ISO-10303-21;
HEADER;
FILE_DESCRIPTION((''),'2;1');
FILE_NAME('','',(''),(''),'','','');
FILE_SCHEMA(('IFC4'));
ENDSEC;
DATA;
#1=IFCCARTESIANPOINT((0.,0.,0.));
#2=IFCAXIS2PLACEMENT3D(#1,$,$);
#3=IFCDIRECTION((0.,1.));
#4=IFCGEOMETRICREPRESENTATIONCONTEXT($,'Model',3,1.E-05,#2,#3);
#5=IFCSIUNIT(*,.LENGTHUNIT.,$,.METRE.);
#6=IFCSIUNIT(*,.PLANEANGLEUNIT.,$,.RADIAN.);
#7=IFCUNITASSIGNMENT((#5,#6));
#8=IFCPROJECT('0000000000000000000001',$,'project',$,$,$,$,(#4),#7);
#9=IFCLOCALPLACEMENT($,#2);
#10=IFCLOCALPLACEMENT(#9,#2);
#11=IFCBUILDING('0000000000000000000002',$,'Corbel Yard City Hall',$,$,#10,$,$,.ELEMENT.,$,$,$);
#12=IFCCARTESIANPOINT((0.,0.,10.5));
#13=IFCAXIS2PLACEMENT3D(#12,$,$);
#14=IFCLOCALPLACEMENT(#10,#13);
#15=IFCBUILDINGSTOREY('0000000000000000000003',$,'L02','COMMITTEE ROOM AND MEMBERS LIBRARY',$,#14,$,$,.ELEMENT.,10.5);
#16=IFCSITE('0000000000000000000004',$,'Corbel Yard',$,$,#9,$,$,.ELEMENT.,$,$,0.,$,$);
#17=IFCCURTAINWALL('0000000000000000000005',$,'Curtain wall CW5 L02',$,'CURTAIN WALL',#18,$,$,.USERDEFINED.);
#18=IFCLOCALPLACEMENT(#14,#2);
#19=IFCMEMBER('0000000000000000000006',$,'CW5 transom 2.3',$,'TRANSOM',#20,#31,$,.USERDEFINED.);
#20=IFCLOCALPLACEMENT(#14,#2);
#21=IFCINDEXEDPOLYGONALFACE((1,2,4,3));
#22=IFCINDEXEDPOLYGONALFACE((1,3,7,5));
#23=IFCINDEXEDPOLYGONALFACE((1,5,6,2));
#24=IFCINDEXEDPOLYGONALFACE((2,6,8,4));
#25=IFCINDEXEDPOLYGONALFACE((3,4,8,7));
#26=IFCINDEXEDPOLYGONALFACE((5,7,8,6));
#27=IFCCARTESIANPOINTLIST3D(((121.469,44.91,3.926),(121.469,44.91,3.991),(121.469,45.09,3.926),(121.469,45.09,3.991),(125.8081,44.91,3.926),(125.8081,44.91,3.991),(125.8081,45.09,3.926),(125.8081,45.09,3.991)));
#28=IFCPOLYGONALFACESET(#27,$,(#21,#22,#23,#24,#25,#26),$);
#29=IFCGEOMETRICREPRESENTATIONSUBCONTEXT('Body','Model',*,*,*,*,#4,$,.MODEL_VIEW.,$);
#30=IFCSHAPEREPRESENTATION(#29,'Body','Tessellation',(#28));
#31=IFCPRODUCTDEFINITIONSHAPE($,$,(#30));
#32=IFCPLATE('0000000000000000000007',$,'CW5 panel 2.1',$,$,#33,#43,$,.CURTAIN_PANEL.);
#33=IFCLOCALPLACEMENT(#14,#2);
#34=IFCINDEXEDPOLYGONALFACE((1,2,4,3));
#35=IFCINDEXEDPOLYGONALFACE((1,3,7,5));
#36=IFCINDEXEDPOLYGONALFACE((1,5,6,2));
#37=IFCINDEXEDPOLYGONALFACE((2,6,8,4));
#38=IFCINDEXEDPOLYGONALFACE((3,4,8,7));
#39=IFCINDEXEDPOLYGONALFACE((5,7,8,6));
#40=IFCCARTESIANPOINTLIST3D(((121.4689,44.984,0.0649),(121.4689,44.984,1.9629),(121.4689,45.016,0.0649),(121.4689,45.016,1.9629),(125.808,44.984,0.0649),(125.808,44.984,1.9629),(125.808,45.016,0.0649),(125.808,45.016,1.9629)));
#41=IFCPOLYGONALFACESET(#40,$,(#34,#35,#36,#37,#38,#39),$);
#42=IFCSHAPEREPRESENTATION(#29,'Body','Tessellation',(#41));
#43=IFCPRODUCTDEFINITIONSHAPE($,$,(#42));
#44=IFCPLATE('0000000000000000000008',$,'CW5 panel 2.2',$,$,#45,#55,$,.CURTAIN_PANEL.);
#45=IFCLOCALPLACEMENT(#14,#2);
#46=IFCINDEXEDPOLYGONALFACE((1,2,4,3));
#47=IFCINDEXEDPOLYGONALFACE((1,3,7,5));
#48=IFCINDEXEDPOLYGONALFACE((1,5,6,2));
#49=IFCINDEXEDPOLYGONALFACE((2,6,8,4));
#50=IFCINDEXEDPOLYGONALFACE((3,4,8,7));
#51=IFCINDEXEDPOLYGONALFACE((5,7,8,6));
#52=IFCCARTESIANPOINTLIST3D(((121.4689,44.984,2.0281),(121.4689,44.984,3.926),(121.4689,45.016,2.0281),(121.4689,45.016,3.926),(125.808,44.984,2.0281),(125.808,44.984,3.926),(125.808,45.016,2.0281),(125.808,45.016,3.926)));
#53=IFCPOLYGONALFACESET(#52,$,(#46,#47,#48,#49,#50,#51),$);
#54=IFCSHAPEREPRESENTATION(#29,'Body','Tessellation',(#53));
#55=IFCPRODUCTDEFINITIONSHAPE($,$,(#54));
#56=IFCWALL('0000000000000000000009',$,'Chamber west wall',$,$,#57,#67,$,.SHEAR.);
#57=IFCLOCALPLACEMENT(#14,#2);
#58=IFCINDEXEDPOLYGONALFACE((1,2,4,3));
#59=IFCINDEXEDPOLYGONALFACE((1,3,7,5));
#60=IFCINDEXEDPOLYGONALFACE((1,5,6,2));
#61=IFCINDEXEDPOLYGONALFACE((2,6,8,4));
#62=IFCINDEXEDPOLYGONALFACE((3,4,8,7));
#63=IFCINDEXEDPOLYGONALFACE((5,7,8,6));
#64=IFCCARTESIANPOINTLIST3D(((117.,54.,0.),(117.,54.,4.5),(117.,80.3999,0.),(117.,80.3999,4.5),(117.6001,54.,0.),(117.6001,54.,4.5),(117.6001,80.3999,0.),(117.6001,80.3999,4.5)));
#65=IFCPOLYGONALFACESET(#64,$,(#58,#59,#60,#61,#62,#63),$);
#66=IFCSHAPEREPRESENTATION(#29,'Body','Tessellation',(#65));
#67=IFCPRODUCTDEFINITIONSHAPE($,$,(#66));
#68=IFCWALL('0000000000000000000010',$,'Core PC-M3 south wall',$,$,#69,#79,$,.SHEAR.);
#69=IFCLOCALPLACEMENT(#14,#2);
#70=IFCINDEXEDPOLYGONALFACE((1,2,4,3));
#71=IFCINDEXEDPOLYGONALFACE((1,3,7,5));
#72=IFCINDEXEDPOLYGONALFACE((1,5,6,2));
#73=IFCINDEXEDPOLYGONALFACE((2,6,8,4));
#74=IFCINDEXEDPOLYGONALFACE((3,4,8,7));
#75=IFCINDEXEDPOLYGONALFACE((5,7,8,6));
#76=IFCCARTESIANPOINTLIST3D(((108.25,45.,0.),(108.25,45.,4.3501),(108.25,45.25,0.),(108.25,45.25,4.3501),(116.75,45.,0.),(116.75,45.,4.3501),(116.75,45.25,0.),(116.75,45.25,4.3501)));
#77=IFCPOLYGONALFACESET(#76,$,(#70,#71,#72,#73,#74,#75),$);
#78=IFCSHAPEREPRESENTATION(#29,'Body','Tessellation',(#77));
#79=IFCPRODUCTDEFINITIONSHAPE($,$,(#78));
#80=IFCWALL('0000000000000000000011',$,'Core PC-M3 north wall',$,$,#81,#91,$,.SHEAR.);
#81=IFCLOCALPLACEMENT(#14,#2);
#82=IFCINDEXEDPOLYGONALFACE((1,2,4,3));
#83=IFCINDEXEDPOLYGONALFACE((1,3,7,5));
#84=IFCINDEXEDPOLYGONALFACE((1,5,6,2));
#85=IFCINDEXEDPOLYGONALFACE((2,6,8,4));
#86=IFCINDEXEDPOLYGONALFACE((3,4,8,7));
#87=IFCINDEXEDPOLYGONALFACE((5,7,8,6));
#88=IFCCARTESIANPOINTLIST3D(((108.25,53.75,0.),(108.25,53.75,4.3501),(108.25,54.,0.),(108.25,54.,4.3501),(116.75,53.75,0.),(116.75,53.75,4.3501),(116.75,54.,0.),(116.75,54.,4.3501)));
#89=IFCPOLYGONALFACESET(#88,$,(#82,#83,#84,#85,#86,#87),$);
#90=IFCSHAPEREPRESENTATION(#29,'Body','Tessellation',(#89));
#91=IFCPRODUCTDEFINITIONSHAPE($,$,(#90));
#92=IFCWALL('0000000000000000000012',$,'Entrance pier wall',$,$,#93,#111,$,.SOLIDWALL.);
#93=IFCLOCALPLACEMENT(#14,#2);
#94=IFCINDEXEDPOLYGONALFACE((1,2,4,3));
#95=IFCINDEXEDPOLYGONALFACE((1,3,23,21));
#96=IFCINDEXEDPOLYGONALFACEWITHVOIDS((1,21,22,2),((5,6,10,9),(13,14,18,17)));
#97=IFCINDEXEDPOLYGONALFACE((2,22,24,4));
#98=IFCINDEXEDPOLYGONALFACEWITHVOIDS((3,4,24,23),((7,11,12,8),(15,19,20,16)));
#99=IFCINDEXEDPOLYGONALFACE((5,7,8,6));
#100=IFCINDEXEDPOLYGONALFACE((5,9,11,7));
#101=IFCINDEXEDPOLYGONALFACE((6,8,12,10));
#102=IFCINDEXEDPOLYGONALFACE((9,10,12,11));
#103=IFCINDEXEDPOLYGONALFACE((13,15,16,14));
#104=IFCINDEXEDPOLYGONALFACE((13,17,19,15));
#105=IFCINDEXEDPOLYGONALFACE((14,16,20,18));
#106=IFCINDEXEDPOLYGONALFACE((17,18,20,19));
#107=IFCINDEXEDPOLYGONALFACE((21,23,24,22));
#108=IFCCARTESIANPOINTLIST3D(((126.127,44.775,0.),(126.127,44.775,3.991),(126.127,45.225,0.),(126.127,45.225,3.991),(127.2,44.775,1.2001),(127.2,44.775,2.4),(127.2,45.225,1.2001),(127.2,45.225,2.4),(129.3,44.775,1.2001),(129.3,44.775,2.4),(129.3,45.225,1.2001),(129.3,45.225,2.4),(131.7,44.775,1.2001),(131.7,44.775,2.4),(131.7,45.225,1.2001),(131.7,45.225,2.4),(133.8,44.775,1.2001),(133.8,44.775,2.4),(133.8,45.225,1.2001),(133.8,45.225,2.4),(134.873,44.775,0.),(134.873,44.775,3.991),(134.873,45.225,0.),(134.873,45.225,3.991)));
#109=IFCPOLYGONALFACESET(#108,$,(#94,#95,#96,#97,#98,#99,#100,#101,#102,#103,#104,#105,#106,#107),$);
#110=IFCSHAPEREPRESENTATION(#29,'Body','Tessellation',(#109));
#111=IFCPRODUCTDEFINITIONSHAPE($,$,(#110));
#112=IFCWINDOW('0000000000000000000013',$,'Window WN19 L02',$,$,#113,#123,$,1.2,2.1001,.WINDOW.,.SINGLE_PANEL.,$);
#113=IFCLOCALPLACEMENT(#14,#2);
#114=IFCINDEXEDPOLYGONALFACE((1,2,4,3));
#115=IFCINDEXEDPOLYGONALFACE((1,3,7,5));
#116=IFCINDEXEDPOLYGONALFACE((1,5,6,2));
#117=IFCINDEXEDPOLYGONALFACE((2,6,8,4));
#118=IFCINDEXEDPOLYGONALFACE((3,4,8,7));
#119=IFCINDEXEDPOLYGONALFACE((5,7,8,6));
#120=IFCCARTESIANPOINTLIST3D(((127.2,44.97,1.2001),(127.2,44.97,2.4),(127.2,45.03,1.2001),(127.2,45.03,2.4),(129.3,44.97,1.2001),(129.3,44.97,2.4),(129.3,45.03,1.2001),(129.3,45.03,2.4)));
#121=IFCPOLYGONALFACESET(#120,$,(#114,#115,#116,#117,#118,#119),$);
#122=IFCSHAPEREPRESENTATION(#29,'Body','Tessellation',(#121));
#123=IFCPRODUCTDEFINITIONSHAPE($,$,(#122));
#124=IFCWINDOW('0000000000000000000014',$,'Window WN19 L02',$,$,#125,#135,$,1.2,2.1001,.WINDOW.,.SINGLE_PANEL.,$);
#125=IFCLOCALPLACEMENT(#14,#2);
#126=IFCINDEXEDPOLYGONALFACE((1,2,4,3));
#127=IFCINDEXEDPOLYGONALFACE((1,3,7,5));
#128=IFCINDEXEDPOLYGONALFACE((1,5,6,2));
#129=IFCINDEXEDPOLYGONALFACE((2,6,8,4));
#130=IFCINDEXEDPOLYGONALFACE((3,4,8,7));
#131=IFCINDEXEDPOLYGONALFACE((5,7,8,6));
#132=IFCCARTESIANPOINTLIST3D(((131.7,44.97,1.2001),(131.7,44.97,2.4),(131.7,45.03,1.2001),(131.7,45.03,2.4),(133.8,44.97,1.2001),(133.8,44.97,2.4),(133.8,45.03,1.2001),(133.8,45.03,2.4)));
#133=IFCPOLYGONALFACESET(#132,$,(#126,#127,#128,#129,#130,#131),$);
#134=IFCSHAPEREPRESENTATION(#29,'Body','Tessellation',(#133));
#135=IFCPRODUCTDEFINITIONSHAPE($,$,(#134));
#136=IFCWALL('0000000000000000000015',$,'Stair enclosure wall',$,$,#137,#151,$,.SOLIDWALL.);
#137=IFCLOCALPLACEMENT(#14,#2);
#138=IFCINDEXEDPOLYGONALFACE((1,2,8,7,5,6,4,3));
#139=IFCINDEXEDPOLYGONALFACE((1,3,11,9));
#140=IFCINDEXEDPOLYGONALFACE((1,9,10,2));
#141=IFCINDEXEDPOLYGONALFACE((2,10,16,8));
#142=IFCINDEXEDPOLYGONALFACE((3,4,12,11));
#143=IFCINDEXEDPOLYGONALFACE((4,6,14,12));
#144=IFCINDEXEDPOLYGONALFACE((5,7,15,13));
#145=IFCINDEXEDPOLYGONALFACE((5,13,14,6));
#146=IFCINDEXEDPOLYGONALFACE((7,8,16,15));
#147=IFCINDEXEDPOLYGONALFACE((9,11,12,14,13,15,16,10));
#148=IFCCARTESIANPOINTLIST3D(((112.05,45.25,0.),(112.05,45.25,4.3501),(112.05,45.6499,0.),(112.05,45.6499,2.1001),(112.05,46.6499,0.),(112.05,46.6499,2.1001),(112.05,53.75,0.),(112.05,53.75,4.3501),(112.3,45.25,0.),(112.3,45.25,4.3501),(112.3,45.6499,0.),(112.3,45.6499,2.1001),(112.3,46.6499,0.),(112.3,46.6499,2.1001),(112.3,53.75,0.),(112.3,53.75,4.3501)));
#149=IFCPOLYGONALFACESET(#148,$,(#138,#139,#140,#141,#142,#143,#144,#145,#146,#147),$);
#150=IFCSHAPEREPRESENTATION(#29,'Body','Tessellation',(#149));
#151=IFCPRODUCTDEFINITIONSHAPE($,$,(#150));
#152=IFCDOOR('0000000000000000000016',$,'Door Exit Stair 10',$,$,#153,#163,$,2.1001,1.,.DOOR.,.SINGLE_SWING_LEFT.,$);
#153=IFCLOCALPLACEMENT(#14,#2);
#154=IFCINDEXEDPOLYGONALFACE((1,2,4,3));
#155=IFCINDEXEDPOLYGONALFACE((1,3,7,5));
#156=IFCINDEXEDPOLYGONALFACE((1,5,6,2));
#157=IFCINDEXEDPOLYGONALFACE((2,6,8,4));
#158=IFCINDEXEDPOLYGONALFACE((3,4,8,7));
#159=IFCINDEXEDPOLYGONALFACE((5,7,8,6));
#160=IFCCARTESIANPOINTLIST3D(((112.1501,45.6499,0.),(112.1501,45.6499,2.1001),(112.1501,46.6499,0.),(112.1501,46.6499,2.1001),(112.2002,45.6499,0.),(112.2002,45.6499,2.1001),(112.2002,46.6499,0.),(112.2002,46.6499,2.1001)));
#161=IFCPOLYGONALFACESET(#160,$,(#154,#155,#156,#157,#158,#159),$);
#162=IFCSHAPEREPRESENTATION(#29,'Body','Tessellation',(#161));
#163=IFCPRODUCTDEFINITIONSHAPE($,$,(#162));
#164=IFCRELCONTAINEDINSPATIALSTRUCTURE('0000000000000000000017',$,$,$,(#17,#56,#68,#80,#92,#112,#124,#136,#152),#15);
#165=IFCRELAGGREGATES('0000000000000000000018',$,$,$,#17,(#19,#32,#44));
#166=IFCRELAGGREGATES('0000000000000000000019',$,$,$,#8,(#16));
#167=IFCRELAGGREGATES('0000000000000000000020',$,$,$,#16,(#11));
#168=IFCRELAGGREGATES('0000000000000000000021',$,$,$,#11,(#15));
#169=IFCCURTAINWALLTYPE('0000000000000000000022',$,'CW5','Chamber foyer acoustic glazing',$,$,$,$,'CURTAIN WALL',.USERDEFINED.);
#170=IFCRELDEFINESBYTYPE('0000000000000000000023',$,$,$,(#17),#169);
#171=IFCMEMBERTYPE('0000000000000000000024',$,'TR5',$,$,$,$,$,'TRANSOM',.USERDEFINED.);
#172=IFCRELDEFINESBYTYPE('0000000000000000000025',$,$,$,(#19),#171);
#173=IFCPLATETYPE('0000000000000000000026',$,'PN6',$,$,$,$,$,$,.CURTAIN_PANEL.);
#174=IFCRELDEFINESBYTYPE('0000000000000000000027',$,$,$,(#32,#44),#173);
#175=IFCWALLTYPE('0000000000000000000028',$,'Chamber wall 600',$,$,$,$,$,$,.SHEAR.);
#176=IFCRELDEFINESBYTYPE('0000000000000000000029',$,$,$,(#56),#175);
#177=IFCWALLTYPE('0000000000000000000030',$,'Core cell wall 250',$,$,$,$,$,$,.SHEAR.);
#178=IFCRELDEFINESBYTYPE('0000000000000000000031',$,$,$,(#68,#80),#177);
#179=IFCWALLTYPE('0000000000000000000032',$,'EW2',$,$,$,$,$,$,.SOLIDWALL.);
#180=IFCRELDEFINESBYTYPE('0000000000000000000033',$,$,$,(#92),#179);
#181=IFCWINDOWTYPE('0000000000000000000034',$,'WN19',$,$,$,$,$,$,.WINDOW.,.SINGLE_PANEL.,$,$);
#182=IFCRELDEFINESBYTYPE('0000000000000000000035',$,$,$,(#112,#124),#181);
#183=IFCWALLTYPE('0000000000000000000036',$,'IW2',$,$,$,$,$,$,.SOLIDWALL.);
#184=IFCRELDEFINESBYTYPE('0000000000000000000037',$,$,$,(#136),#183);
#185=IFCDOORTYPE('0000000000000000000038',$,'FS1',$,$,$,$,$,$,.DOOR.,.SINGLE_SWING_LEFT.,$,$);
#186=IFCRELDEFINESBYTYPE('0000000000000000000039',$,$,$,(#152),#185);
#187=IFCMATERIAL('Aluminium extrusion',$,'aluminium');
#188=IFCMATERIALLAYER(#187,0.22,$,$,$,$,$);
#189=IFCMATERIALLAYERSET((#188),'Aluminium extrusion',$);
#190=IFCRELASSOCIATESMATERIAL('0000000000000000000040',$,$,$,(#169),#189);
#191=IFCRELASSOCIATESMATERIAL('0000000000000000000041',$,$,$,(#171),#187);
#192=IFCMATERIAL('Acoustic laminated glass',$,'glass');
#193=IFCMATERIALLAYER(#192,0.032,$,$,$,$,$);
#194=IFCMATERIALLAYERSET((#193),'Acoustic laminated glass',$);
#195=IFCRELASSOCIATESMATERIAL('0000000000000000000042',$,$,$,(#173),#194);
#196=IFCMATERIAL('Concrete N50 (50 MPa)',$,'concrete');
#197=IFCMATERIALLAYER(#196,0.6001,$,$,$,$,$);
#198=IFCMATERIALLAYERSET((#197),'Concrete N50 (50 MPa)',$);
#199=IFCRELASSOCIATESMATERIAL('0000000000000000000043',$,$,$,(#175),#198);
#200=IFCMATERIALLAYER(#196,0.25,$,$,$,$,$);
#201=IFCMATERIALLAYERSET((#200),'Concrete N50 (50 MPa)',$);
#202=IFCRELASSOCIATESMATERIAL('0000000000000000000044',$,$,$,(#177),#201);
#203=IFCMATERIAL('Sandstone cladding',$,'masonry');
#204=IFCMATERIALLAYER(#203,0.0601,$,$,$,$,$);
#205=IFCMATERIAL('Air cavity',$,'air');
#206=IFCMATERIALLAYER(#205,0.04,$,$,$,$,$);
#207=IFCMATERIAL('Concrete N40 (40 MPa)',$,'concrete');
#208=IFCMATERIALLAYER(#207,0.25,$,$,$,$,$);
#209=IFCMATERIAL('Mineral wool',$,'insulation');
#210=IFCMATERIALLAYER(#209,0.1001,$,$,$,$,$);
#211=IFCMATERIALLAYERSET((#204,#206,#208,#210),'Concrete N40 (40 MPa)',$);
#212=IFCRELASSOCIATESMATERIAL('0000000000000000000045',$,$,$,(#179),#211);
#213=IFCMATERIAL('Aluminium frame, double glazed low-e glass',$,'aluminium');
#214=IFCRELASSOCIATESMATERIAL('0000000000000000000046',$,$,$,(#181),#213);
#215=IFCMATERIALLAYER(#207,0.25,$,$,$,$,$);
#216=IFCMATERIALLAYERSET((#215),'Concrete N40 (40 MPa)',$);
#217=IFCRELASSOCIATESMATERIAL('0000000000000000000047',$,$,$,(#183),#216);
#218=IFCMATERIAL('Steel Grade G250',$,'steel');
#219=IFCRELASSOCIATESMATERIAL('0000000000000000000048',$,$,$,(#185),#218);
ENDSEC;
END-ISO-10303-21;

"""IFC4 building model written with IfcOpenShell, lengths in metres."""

from ifc_helpers import new_model, si_unit, direction, frame, frame_2d, origin, origin_2d, place, context, subcontext, project, spatial, rectangle, extrude, material, layer, layer_set, material_profile, profile_set, type_object, element, fill, aggregate, save


model = new_model("IFC4")

# Units and contexts
model_context = context("Model", 3, precision=1e-05, world=origin(), true_north=direction((0.0, 1.0)))
body_context = subcontext(model_context, "Body", "Model", "MODEL_VIEW")
ifc_project = project(units=[si_unit("LENGTHUNIT", "METRE"), si_unit("PLANEANGLEUNIT", "RADIAN")], contexts=[model_context])

# Site, building, storey
site_placement = place(None, origin())
site = spatial("IfcSite", under=ifc_project, at=site_placement, Name="Corbel Yard", CompositionType="ELEMENT", RefElevation=0.0)
building_placement = place(site_placement, origin())
building = spatial("IfcBuilding", under=site, at=building_placement, Name="Corbel Yard City Hall", CompositionType="ELEMENT")
storey_placement = place(building_placement, frame((0.0, 0.0, 10.5)))
storey = spatial("IfcBuildingStorey", under=building, at=storey_placement, Name="L02", Description="COMMITTEE ROOM AND MEMBERS LIBRARY", CompositionType="ELEMENT", Elevation=10.5)

# Curtain wall
ifc_material_1 = material(Name="Aluminium extrusion", Category="aluminium")
ifc_layer_1 = layer(ifc_material_1, 0.22)
ifc_layer_set_1 = layer_set([ifc_layer_1], Name="Aluminium extrusion")
curtain_wall_type = type_object("IfcCurtainWallType", Name="CW5", Description="Chamber foyer acoustic glazing", ElementType="CURTAIN WALL", PredefinedType="USERDEFINED", material=ifc_layer_set_1)
curtain_wall_placement = place(storey_placement, origin())
curtain_wall = element("IfcCurtainWall", 1, at=curtain_wall_placement, inside=storey, type_object=curtain_wall_type, Name="Curtain wall CW5 L02", ObjectType="CURTAIN WALL", PredefinedType="USERDEFINED")

# Member
ifc_material_profile_1 = material_profile(ifc_material_1, rectangle(XDim=0.1799, YDim=0.0649, at=origin_2d()), Name="180x65")
ifc_profile_set_1 = profile_set([ifc_material_profile_1], Name="Aluminium extrusion")
member_type_1 = type_object("IfcMemberType", Name="TR5", ElementType="TRANSOM", PredefinedType="USERDEFINED", material=ifc_profile_set_1)
member_1_placement = place(storey_placement, frame((121.469, 45.0, 3.9585), z_axis=(1.0, 0.0, 0.0), x_axis=(0.0, 1.0, 0.0)))
member_1 = element("IfcMember", 2, at=member_1_placement, type_object=member_type_1, Name="CW5 transom 2.3", ObjectType="TRANSOM", PredefinedType="USERDEFINED", context=body_context, shape_type="SweptSolid", body=[
    extrude(rectangle(XDim=0.1799, YDim=0.0649, at=origin_2d()), origin(), (0.0, 0.0, 1.0), 4.3391),
])

# Plates
ifc_material_2 = material(Name="Acoustic laminated glass", Category="glass")
ifc_layer_2 = layer(ifc_material_2, 0.032)
ifc_layer_set_2 = layer_set([ifc_layer_2], Name="Acoustic laminated glass")
plate_type = type_object("IfcPlateType", Name="PN6", PredefinedType="CURTAIN_PANEL", material=ifc_layer_set_2)
plate_1_placement = place(storey_placement, frame((123.6384, 45.0, 0.0649), z_axis=(0.0, 0.0, 1.0), x_axis=(1.0, 0.0, 0.0)))
plate_1 = element("IfcPlate", 3, at=plate_1_placement, type_object=plate_type, Name="CW5 panel 2.1", PredefinedType="CURTAIN_PANEL", context=body_context, shape_type="SweptSolid", body=[
    extrude(rectangle(XDim=4.3391, YDim=0.032, at=origin_2d()), origin(), (0.0, 0.0, 1.0), 1.8979),
])
plate_2_placement = place(storey_placement, frame((123.6384, 45.0, 2.0281), z_axis=(0.0, 0.0, 1.0), x_axis=(1.0, 0.0, 0.0)))
plate_2 = element("IfcPlate", 4, at=plate_2_placement, type_object=plate_type, Name="CW5 panel 2.2", PredefinedType="CURTAIN_PANEL", context=body_context, shape_type="SweptSolid", body=[
    extrude(rectangle(XDim=4.3391, YDim=0.032, at=origin_2d()), origin(), (0.0, 0.0, 1.0), 1.8979),
])
aggregate(curtain_wall, [member_1, plate_1, plate_2])

# Walls
ifc_material_3 = material(Name="Concrete N50 (50 MPa)", Category="concrete")
ifc_layer_3 = layer(ifc_material_3, 0.6001)
ifc_layer_set_3 = layer_set([ifc_layer_3], Name="Concrete N50 (50 MPa)")
wall_type_1 = type_object("IfcWallType", Name="Chamber wall 600", PredefinedType="SHEAR", material=ifc_layer_set_3)
wall_1_placement = place(storey_placement, frame((117.3, 54.0, 0.0), z_axis=(0.0, 0.0, 1.0), x_axis=(0.0, 1.0, 0.0)))
element("IfcWall", 5, at=wall_1_placement, inside=storey, type_object=wall_type_1, Name="Chamber west wall", PredefinedType="SHEAR", context=body_context, shape_type="SweptSolid", body=[
    extrude(rectangle(XDim=26.3999, YDim=0.6001, at=frame_2d((13.2, 0.0))), origin(), (0.0, 0.0, 1.0), 4.5),
])
ifc_layer_4 = layer(ifc_material_3, 0.25)
ifc_layer_set_4 = layer_set([ifc_layer_4], Name="Concrete N50 (50 MPa)")
wall_type_2 = type_object("IfcWallType", Name="Core cell wall 250", PredefinedType="SHEAR", material=ifc_layer_set_4)
for number, where, z_axis, x_axis, name in (
    (6, (108.25, 45.125, 0.0), (0.0, 0.0, 1.0), (1.0, 0.0, 0.0), "Core PC-M3 south wall"),
    (7, (108.25, 53.875, 0.0), (0.0, 0.0, 1.0), (1.0, 0.0, 0.0), "Core PC-M3 north wall"),
):
    element("IfcWall", number, at=place(storey_placement, frame(where, z_axis=z_axis, x_axis=x_axis)), inside=storey, type_object=wall_type_2, Name=name, PredefinedType="SHEAR", context=body_context, shape_type="SweptSolid", body=[
        extrude(rectangle(XDim=8.5, YDim=0.25, at=frame_2d((4.25, 0.0))), origin(), (0.0, 0.0, 1.0), 4.3501),
    ])

# Wall, openings, windows
ifc_material_4 = material(Name="Sandstone cladding", Category="masonry")
ifc_layer_5 = layer(ifc_material_4, 0.0601)
ifc_material_5 = material(Name="Air cavity", Category="air")
ifc_layer_6 = layer(ifc_material_5, 0.04)
ifc_material_6 = material(Name="Concrete N40 (40 MPa)", Category="concrete")
ifc_layer_7 = layer(ifc_material_6, 0.25)
ifc_material_7 = material(Name="Mineral wool", Category="insulation")
ifc_layer_8 = layer(ifc_material_7, 0.1001)
ifc_layer_set_5 = layer_set([ifc_layer_5, ifc_layer_6, ifc_layer_7, ifc_layer_8], Name="Concrete N40 (40 MPa)")
wall_type_3 = type_object("IfcWallType", Name="EW2", PredefinedType="SOLIDWALL", material=ifc_layer_set_5)
wall_2_placement = place(storey_placement, frame((126.127, 45.0, 0.0), z_axis=(0.0, 0.0, 1.0), x_axis=(1.0, 0.0, 0.0)))
wall_2 = element("IfcWall", 8, at=wall_2_placement, inside=storey, type_object=wall_type_3, Name="Entrance pier wall", PredefinedType="SOLIDWALL", context=body_context, shape_type="SweptSolid", body=[
    extrude(rectangle(XDim=8.7461, YDim=0.45, at=frame_2d((4.373, 0.0))), origin(), (0.0, 0.0, 1.0), 3.991),
])
opening_1_placement = place(wall_2_placement, frame((1.073, 0.0, 1.2)))
opening_1 = element("IfcOpeningElement", 9, at=opening_1_placement, cuts=wall_2, PredefinedType="OPENING", context=body_context, shape_type="SweptSolid", body=[
    extrude(rectangle(XDim=2.1001, YDim=1.2, at=frame_2d((1.05, 0.6001))), frame((0.0, 0.2349, 0.0), z_axis=(0.0, -1.0, 0.0), x_axis=(1.0, 0.0, 0.0)), (0.0, 0.0, 1.0), 0.47),
])
opening_2_placement = place(wall_2_placement, frame((5.573, 0.0, 1.2)))
opening_2 = element("IfcOpeningElement", 10, at=opening_2_placement, cuts=wall_2, PredefinedType="OPENING", context=body_context, shape_type="SweptSolid", body=[
    extrude(rectangle(XDim=2.1001, YDim=1.2, at=frame_2d((1.05, 0.6001))), frame((0.0, 0.2349, 0.0), z_axis=(0.0, -1.0, 0.0), x_axis=(1.0, 0.0, 0.0)), (0.0, 0.0, 1.0), 0.47),
])
ifc_material_8 = material(Name="Aluminium frame, double glazed low-e glass", Category="aluminium")
window_type = type_object("IfcWindowType", Name="WN19", PartitioningType="SINGLE_PANEL", PredefinedType="WINDOW", material=ifc_material_8)
window_1_placement = place(opening_1_placement, origin())
window_1 = element("IfcWindow", 11, at=window_1_placement, inside=storey, type_object=window_type, Name="Window WN19 L02", OverallHeight=1.2, OverallWidth=2.1001, PartitioningType="SINGLE_PANEL", PredefinedType="WINDOW", context=body_context, shape_type="SweptSolid", body=[
    extrude(rectangle(XDim=2.1001, YDim=1.2, at=frame_2d((1.05, 0.6001))), frame((0.0, 0.03, 0.0), z_axis=(0.0, -1.0, 0.0), x_axis=(1.0, 0.0, 0.0)), (0.0, 0.0, 1.0), 0.0601),
])
fill(opening_1, window_1)
window_2_placement = place(opening_2_placement, origin())
window_2 = element("IfcWindow", 12, at=window_2_placement, inside=storey, type_object=window_type, Name="Window WN19 L02", OverallHeight=1.2, OverallWidth=2.1001, PartitioningType="SINGLE_PANEL", PredefinedType="WINDOW", context=body_context, shape_type="SweptSolid", body=[
    extrude(rectangle(XDim=2.1001, YDim=1.2, at=frame_2d((1.05, 0.6001))), frame((0.0, 0.03, 0.0), z_axis=(0.0, -1.0, 0.0), x_axis=(1.0, 0.0, 0.0)), (0.0, 0.0, 1.0), 0.0601),
])
fill(opening_2, window_2)

# Wall, opening, door
ifc_layer_9 = layer(ifc_material_6, 0.25)
ifc_layer_set_6 = layer_set([ifc_layer_9], Name="Concrete N40 (40 MPa)")
wall_type_4 = type_object("IfcWallType", Name="IW2", PredefinedType="SOLIDWALL", material=ifc_layer_set_6)
wall_3_placement = place(storey_placement, frame((112.175, 45.25, 0.0), z_axis=(0.0, 0.0, 1.0), x_axis=(0.0, 1.0, 0.0)))
wall_3 = element("IfcWall", 13, at=wall_3_placement, inside=storey, type_object=wall_type_4, Name="Stair enclosure wall", PredefinedType="SOLIDWALL", context=body_context, shape_type="SweptSolid", body=[
    extrude(rectangle(XDim=8.5, YDim=0.25, at=frame_2d((4.25, 0.0))), origin(), (0.0, 0.0, 1.0), 4.3501),
])
opening_3_placement = place(wall_3_placement, frame((0.3999, 0.0, 0.0)))
opening_3 = element("IfcOpeningElement", 14, at=opening_3_placement, cuts=wall_3, PredefinedType="OPENING", context=body_context, shape_type="SweptSolid", body=[
    extrude(rectangle(XDim=1.0, YDim=2.1001, at=frame_2d((0.5, 1.05))), frame((0.0, 0.135, 0.0), z_axis=(0.0, -1.0, 0.0), x_axis=(1.0, 0.0, 0.0)), (0.0, 0.0, 1.0), 0.27),
])
ifc_material_9 = material(Name="Steel Grade G250", Category="steel")
door_type_1 = type_object("IfcDoorType", Name="FS1", OperationType="SINGLE_SWING_LEFT", PredefinedType="DOOR", material=ifc_material_9)
door_1_placement = place(opening_3_placement, origin())
door_1 = element("IfcDoor", 15, at=door_1_placement, inside=storey, type_object=door_type_1, Name="Door Exit Stair 10", OperationType="SINGLE_SWING_LEFT", OverallHeight=2.1001, OverallWidth=1.0, PredefinedType="DOOR", context=body_context, shape_type="SweptSolid", body=[
    extrude(rectangle(XDim=1.0, YDim=2.1001, at=frame_2d((0.5, 1.05))), frame((0.0, 0.0249, 0.0), z_axis=(0.0, -1.0, 0.0), x_axis=(1.0, 0.0, 0.0)), (0.0, 0.0, 1.0), 0.05),
])
fill(opening_3, door_1)

save(model, "model.ifc")
